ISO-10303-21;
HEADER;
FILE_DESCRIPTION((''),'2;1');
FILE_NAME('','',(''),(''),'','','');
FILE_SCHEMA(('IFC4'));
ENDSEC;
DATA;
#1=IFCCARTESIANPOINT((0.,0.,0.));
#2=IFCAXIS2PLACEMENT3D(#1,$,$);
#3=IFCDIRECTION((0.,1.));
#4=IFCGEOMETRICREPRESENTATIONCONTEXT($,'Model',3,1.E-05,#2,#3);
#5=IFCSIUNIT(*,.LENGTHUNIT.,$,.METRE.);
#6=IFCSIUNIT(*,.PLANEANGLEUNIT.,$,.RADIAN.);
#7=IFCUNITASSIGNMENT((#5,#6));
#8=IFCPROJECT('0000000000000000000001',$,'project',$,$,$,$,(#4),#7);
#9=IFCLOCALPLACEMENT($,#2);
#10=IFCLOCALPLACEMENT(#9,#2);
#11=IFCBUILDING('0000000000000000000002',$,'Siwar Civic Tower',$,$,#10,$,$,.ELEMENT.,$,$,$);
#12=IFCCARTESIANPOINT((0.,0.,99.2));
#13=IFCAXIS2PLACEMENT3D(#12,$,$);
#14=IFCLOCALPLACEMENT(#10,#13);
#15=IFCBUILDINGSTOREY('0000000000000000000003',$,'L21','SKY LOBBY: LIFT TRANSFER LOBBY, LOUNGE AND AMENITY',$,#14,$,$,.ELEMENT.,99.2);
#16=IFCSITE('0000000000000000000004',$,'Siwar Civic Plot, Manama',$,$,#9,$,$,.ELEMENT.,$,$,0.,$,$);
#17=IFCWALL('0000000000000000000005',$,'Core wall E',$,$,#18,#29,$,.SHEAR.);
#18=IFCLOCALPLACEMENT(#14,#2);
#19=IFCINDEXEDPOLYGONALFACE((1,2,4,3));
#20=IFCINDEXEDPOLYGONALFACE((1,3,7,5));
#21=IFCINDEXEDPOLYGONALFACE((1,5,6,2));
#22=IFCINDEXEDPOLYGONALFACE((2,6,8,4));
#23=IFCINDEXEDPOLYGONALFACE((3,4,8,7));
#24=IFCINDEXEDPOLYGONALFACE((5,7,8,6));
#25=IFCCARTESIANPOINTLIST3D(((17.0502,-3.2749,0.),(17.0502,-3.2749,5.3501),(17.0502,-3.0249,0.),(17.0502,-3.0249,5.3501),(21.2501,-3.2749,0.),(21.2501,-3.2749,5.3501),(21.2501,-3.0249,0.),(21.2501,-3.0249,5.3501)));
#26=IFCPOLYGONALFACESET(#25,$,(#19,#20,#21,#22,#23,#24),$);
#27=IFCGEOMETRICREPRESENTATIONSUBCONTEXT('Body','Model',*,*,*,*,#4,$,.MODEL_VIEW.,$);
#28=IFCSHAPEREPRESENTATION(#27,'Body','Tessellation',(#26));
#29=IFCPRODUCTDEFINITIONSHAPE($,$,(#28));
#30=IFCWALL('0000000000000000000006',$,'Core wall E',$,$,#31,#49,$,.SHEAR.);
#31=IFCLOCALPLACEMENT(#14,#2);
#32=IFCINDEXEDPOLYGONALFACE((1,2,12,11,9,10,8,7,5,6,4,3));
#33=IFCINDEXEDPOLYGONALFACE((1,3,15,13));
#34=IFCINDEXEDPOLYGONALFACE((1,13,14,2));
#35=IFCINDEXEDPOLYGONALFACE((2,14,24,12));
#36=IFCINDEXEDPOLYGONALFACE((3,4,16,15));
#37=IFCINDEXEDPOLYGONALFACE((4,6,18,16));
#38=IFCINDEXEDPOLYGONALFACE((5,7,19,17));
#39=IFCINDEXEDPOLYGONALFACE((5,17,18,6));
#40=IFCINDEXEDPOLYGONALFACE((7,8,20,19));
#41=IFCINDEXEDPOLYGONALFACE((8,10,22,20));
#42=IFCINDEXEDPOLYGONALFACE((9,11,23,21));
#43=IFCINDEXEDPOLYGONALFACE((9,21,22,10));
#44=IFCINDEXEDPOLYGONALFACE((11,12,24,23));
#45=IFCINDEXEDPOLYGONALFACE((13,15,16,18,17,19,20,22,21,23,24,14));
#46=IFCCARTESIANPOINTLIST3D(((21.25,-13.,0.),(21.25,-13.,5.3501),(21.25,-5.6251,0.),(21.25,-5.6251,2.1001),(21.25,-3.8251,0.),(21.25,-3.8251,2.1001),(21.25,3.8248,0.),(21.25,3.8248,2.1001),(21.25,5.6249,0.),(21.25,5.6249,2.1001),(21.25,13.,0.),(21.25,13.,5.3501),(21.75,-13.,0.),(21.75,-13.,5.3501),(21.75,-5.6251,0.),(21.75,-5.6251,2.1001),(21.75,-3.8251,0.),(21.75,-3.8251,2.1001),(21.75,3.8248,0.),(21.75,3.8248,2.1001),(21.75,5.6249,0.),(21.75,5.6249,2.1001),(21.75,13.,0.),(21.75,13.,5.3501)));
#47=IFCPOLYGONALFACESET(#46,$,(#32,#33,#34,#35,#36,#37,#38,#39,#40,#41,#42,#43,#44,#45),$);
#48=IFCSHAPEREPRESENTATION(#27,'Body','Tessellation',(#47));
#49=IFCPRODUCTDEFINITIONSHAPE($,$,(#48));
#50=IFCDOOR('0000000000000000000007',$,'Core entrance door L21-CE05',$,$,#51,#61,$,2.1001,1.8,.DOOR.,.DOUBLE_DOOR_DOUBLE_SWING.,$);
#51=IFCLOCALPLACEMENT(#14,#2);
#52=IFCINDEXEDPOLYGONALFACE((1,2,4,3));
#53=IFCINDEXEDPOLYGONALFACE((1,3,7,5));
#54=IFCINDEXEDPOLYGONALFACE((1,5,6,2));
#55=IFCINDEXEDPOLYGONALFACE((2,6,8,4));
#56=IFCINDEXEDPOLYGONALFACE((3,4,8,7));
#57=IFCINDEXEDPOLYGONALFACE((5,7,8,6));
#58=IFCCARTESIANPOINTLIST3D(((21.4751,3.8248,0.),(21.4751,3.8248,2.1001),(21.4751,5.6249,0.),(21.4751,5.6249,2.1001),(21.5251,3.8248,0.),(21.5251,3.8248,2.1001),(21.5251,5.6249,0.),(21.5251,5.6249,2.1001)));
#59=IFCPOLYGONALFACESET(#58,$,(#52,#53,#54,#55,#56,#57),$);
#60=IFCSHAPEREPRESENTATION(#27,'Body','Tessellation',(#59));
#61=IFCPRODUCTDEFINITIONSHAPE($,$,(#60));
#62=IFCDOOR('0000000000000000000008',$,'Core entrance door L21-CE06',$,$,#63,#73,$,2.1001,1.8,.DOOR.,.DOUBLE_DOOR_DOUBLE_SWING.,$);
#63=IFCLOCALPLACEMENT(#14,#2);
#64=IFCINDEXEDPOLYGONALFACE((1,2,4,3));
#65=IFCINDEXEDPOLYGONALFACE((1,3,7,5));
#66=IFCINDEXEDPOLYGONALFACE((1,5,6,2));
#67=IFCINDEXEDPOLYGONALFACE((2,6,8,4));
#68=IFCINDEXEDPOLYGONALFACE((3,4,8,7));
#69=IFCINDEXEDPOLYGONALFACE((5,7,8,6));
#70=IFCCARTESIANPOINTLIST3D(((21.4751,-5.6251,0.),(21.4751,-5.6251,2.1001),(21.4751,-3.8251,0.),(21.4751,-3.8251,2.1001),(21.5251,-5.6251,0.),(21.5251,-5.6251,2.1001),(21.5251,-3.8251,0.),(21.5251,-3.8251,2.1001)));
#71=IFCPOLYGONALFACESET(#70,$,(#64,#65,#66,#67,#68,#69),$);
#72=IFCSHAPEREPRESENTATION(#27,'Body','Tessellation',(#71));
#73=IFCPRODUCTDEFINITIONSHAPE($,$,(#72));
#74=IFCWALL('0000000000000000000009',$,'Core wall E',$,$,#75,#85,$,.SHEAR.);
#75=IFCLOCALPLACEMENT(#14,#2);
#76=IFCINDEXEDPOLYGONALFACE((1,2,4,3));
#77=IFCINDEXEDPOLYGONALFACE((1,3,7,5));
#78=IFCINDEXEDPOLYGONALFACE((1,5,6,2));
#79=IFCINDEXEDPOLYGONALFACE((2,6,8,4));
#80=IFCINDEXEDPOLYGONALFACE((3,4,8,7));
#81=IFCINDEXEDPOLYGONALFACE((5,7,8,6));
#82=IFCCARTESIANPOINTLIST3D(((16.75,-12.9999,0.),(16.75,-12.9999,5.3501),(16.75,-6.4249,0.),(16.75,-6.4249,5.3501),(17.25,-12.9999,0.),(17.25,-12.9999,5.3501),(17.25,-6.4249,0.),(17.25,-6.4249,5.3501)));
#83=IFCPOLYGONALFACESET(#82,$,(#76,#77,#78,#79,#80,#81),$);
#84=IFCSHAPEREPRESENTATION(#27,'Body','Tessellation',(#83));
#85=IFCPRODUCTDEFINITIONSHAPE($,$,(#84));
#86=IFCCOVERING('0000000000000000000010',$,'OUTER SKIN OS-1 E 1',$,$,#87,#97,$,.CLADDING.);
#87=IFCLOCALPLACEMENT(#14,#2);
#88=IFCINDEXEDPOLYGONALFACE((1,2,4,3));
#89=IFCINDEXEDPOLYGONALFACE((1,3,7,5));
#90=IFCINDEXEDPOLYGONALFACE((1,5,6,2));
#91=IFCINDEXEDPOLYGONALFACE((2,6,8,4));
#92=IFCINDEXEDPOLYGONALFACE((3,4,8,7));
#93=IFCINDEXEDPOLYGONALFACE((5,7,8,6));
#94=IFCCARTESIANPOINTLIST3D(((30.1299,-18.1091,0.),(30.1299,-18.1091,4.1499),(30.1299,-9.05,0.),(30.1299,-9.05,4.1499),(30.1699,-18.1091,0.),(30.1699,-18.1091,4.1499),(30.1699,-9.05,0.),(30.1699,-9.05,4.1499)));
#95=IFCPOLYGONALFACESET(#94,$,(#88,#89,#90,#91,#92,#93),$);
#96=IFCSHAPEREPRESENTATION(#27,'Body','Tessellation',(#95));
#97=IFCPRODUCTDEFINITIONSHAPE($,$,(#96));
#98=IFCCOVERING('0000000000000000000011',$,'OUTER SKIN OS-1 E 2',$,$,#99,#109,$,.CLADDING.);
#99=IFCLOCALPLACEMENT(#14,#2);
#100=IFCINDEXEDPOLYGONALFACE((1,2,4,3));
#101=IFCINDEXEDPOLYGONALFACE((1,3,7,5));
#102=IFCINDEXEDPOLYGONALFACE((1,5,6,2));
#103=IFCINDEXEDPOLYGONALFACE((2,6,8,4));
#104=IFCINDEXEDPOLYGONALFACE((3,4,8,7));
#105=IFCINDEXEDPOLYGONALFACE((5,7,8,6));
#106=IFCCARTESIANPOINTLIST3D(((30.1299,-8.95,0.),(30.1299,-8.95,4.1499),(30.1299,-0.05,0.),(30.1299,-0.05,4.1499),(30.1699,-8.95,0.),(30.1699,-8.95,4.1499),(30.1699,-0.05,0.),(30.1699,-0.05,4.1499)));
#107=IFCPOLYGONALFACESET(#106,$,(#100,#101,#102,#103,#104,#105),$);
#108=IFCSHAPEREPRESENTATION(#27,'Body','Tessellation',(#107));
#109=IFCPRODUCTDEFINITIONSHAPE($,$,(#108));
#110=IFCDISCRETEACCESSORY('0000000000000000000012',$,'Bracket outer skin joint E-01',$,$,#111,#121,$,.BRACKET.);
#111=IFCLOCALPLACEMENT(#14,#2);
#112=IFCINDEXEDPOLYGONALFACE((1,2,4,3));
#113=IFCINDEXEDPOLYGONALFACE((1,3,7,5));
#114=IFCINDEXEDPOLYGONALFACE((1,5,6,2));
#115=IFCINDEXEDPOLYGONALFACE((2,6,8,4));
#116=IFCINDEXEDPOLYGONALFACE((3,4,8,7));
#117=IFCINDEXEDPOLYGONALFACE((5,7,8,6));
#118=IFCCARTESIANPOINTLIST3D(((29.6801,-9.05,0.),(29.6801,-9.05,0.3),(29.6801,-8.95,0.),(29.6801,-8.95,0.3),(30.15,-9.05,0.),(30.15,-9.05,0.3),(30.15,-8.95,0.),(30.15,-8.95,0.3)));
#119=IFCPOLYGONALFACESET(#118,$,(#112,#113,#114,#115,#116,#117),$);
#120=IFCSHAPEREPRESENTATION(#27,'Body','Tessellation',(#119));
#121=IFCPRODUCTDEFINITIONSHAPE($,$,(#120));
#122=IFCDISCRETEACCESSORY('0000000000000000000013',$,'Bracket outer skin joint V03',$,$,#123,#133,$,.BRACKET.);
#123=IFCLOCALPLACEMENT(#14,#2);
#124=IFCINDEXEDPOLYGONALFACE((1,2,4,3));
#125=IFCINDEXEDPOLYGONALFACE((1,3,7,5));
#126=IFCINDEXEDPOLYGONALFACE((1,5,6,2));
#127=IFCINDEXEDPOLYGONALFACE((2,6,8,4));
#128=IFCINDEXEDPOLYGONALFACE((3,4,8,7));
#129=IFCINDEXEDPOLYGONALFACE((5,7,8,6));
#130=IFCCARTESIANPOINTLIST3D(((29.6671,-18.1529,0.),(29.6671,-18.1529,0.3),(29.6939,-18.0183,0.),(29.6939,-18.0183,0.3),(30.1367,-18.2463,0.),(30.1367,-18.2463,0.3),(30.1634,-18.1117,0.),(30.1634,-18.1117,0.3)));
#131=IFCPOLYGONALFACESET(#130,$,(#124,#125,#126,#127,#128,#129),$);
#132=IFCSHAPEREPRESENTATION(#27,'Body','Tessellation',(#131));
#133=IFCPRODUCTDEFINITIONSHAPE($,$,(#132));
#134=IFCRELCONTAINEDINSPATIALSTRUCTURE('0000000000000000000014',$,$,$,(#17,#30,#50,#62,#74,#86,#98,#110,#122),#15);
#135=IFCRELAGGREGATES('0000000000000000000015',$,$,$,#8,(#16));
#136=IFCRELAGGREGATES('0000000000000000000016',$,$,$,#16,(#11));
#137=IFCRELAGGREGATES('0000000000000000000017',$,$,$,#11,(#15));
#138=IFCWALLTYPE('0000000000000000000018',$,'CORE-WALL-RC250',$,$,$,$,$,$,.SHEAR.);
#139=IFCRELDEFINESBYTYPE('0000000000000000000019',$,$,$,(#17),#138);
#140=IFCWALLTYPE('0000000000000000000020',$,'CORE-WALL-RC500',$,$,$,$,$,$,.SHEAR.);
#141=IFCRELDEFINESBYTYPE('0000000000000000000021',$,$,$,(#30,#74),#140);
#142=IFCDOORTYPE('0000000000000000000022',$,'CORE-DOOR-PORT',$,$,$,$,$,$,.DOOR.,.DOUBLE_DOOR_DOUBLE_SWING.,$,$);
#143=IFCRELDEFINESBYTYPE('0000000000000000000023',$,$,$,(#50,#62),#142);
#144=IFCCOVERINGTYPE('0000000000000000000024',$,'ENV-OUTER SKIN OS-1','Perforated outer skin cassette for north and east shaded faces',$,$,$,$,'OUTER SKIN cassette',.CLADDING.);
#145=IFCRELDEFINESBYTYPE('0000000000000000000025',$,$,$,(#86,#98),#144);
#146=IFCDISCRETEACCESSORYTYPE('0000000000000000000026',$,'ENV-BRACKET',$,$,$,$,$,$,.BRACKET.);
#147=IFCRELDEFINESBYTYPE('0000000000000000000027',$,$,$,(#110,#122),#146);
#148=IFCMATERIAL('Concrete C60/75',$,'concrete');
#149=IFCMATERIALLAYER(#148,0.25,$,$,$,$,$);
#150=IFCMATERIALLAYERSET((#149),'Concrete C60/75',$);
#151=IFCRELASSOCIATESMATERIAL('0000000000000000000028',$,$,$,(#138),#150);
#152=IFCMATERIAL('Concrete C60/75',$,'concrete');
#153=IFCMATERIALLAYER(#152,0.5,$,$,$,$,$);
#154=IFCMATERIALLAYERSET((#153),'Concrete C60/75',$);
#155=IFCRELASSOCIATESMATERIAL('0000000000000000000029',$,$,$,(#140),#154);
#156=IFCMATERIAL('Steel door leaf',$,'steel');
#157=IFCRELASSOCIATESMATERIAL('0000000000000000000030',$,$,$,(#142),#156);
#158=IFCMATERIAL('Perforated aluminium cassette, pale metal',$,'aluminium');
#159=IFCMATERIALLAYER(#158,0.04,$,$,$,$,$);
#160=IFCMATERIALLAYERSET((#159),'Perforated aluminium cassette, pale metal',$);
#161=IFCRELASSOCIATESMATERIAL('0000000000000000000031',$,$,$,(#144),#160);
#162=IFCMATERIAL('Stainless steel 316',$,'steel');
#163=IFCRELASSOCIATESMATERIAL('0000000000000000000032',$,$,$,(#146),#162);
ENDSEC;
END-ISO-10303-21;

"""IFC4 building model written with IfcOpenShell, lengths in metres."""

from ifc_helpers import new_model, si_unit, direction, frame, frame_2d, origin, origin_2d, place, context, subcontext, project, spatial, rectangle, extrude, material, layer, layer_set, type_object, element, fill, save


model = new_model("IFC4")

# Units and contexts
model_context = context("Model", 3, precision=1e-05, world=origin(), true_north=direction((0.0, 1.0)))
body_context = subcontext(model_context, "Body", "Model", "MODEL_VIEW")
ifc_project = project(units=[si_unit("LENGTHUNIT", "METRE"), si_unit("PLANEANGLEUNIT", "RADIAN")], contexts=[model_context])

# Site, building, storey
site_placement = place(None, origin())
site = spatial("IfcSite", under=ifc_project, at=site_placement, Name="Siwar Civic Plot, Manama", CompositionType="ELEMENT", RefElevation=0.0)
building_placement = place(site_placement, origin())
building = spatial("IfcBuilding", under=site, at=building_placement, Name="Siwar Civic Tower", CompositionType="ELEMENT")
storey_placement = place(building_placement, frame((0.0, 0.0, 99.2)))
storey = spatial("IfcBuildingStorey", under=building, at=storey_placement, Name="L21", Description="SKY LOBBY: LIFT TRANSFER LOBBY, LOUNGE AND AMENITY", CompositionType="ELEMENT", Elevation=99.2)

# Wall
ifc_material_1 = material(Name="Concrete C60/75", Category="concrete")
ifc_layer_1 = layer(ifc_material_1, 0.25)
ifc_layer_set_1 = layer_set([ifc_layer_1], Name="Concrete C60/75")
wall_type_1 = type_object("IfcWallType", Name="CORE-WALL-RC250", PredefinedType="SHEAR", material=ifc_layer_set_1)
wall_1_placement = place(storey_placement, frame((17.05, -3.1499, 0.0), z_axis=(0.0, 0.0, 1.0), x_axis=(1.0, 0.0, 0.0)))
element("IfcWall", 1, at=wall_1_placement, inside=storey, type_object=wall_type_1, Name="Core wall E", PredefinedType="SHEAR", context=body_context, shape_type="SweptSolid", body=[
    extrude(rectangle(XDim=4.2, YDim=0.25, at=frame_2d((2.1001, 0.0))), origin(), (0.0, 0.0, 1.0), 5.3501),
])

# Wall, openings, doors
ifc_material_2 = material(Name="Concrete C60/75", Category="concrete")
ifc_layer_2 = layer(ifc_material_2, 0.5)
ifc_layer_set_2 = layer_set([ifc_layer_2], Name="Concrete C60/75")
wall_type_2 = type_object("IfcWallType", Name="CORE-WALL-RC500", PredefinedType="SHEAR", material=ifc_layer_set_2)
wall_2_placement = place(storey_placement, frame((21.5, -13.0, 0.0), z_axis=(0.0, 0.0, 1.0), x_axis=(0.0, 1.0, 0.0)))
wall_2 = element("IfcWall", 2, at=wall_2_placement, inside=storey, type_object=wall_type_2, Name="Core wall E", PredefinedType="SHEAR", context=body_context, shape_type="SweptSolid", body=[
    extrude(rectangle(XDim=26.0, YDim=0.5, at=frame_2d((13.0, 0.0))), origin(), (0.0, 0.0, 1.0), 5.3501),
])
opening_1_placement = place(wall_2_placement, frame((16.825, 0.0, 0.0)))
opening_1 = element("IfcOpeningElement", 3, at=opening_1_placement, cuts=wall_2, PredefinedType="OPENING", context=body_context, shape_type="SweptSolid", body=[
    extrude(rectangle(XDim=1.8, YDim=2.1001, at=frame_2d((0.8999, 1.05))), frame((0.0, 0.26, 0.0), z_axis=(0.0, -1.0, 0.0), x_axis=(1.0, 0.0, 0.0)), (0.0, 0.0, 1.0), 0.52),
])
opening_2_placement = place(wall_2_placement, frame((7.375, 0.0, 0.0)))
opening_2 = element("IfcOpeningElement", 4, at=opening_2_placement, cuts=wall_2, PredefinedType="OPENING", context=body_context, shape_type="SweptSolid", body=[
    extrude(rectangle(XDim=1.8, YDim=2.1001, at=frame_2d((0.8999, 1.05))), frame((0.0, 0.26, 0.0), z_axis=(0.0, -1.0, 0.0), x_axis=(1.0, 0.0, 0.0)), (0.0, 0.0, 1.0), 0.52),
])
ifc_material_3 = material(Name="Steel door leaf", Category="steel")
door_type_1 = type_object("IfcDoorType", Name="CORE-DOOR-PORT", OperationType="DOUBLE_DOOR_DOUBLE_SWING", PredefinedType="DOOR", material=ifc_material_3)
door_1_placement = place(opening_1_placement, origin())
door_1 = element("IfcDoor", 5, at=door_1_placement, inside=storey, type_object=door_type_1, Name="Core entrance door L21-CE05", OperationType="DOUBLE_DOOR_DOUBLE_SWING", OverallHeight=2.1001, OverallWidth=1.8, PredefinedType="DOOR", context=body_context, shape_type="SweptSolid", body=[
    extrude(rectangle(XDim=1.8, YDim=2.1001, at=frame_2d((0.8999, 1.05))), frame((0.0, 0.0249, 0.0), z_axis=(0.0, -1.0, 0.0), x_axis=(1.0, 0.0, 0.0)), (0.0, 0.0, 1.0), 0.05),
])
fill(opening_1, door_1)
door_2_placement = place(opening_2_placement, origin())
door_2 = element("IfcDoor", 6, at=door_2_placement, inside=storey, type_object=door_type_1, Name="Core entrance door L21-CE06", OperationType="DOUBLE_DOOR_DOUBLE_SWING", OverallHeight=2.1001, OverallWidth=1.8, PredefinedType="DOOR", context=body_context, shape_type="SweptSolid", body=[
    extrude(rectangle(XDim=1.8, YDim=2.1001, at=frame_2d((0.8999, 1.05))), frame((0.0, 0.0249, 0.0), z_axis=(0.0, -1.0, 0.0), x_axis=(1.0, 0.0, 0.0)), (0.0, 0.0, 1.0), 0.05),
])
fill(opening_2, door_2)

# Wall
wall_3_placement = place(storey_placement, frame((17.0, -13.0, 0.0), z_axis=(0.0, 0.0, 1.0), x_axis=(0.0, 1.0, 0.0)))
element("IfcWall", 7, at=wall_3_placement, inside=storey, type_object=wall_type_2, Name="Core wall E", PredefinedType="SHEAR", context=body_context, shape_type="SweptSolid", body=[
    extrude(rectangle(XDim=6.575, YDim=0.5, at=frame_2d((3.2876, 0.0))), origin(), (0.0, 0.0, 1.0), 5.3501),
])

# Coverings
ifc_material_4 = material(Name="Perforated aluminium cassette, pale metal", Category="aluminium")
ifc_layer_3 = layer(ifc_material_4, 0.04)
ifc_layer_set_3 = layer_set([ifc_layer_3], Name="Perforated aluminium cassette, pale metal")
covering_type = type_object("IfcCoveringType", Name="ENV-OUTER SKIN OS-1", Description="Perforated outer skin cassette for north and east shaded faces", ElementType="OUTER SKIN cassette", PredefinedType="CLADDING", material=ifc_layer_set_3)
covering_1_placement = place(storey_placement, frame((30.1499, -13.5796, 0.0), z_axis=(0.0, 0.0, 1.0), x_axis=(0.0, 1.0, 0.0)))
element("IfcCovering", 8, at=covering_1_placement, inside=storey, type_object=covering_type, Name="OUTER SKIN OS-1 E 1", PredefinedType="CLADDING", context=body_context, shape_type="SweptSolid", body=[
    extrude(rectangle(XDim=9.0591, YDim=0.04, at=origin_2d()), origin(), (0.0, 0.0, 1.0), 4.1499),
])
covering_2_placement = place(storey_placement, frame((30.1499, -4.5, 0.0), z_axis=(0.0, 0.0, 1.0), x_axis=(0.0, 1.0, 0.0)))
element("IfcCovering", 9, at=covering_2_placement, inside=storey, type_object=covering_type, Name="OUTER SKIN OS-1 E 2", PredefinedType="CLADDING", context=body_context, shape_type="SweptSolid", body=[
    extrude(rectangle(XDim=8.8999, YDim=0.04, at=origin_2d()), origin(), (0.0, 0.0, 1.0), 4.1499),
])

# Discrete accessories
ifc_material_5 = material(Name="Stainless steel 316", Category="steel")
discrete_accessory_type = type_object("IfcDiscreteAccessoryType", Name="ENV-BRACKET", PredefinedType="BRACKET", material=ifc_material_5)
discrete_accessory_1_placement = place(storey_placement, frame((29.915, -9.0, 0.0), z_axis=(0.0, 0.0, 1.0), x_axis=(1.0, 0.0, 0.0)))
element("IfcDiscreteAccessory", 10, at=discrete_accessory_1_placement, inside=storey, type_object=discrete_accessory_type, Name="Bracket outer skin joint E-01", PredefinedType="BRACKET", context=body_context, shape_type="SweptSolid", body=[
    extrude(rectangle(XDim=0.47, YDim=0.1001, at=origin_2d()), origin(), (0.0, 0.0, 1.0), 0.3),
])
discrete_accessory_2_placement = place(storey_placement, frame((29.9153, -18.1323, 0.0), z_axis=(0.0, 0.0, 1.0), x_axis=(0.980785, -0.19509, 0.0)))
element("IfcDiscreteAccessory", 11, at=discrete_accessory_2_placement, inside=storey, type_object=discrete_accessory_type, Name="Bracket outer skin joint V03", PredefinedType="BRACKET", context=body_context, shape_type="SweptSolid", body=[
    extrude(rectangle(XDim=0.4788, YDim=0.1372, at=origin_2d()), origin(), (0.0, 0.0, 1.0), 0.3),
])

save(model, "model.ifc")
